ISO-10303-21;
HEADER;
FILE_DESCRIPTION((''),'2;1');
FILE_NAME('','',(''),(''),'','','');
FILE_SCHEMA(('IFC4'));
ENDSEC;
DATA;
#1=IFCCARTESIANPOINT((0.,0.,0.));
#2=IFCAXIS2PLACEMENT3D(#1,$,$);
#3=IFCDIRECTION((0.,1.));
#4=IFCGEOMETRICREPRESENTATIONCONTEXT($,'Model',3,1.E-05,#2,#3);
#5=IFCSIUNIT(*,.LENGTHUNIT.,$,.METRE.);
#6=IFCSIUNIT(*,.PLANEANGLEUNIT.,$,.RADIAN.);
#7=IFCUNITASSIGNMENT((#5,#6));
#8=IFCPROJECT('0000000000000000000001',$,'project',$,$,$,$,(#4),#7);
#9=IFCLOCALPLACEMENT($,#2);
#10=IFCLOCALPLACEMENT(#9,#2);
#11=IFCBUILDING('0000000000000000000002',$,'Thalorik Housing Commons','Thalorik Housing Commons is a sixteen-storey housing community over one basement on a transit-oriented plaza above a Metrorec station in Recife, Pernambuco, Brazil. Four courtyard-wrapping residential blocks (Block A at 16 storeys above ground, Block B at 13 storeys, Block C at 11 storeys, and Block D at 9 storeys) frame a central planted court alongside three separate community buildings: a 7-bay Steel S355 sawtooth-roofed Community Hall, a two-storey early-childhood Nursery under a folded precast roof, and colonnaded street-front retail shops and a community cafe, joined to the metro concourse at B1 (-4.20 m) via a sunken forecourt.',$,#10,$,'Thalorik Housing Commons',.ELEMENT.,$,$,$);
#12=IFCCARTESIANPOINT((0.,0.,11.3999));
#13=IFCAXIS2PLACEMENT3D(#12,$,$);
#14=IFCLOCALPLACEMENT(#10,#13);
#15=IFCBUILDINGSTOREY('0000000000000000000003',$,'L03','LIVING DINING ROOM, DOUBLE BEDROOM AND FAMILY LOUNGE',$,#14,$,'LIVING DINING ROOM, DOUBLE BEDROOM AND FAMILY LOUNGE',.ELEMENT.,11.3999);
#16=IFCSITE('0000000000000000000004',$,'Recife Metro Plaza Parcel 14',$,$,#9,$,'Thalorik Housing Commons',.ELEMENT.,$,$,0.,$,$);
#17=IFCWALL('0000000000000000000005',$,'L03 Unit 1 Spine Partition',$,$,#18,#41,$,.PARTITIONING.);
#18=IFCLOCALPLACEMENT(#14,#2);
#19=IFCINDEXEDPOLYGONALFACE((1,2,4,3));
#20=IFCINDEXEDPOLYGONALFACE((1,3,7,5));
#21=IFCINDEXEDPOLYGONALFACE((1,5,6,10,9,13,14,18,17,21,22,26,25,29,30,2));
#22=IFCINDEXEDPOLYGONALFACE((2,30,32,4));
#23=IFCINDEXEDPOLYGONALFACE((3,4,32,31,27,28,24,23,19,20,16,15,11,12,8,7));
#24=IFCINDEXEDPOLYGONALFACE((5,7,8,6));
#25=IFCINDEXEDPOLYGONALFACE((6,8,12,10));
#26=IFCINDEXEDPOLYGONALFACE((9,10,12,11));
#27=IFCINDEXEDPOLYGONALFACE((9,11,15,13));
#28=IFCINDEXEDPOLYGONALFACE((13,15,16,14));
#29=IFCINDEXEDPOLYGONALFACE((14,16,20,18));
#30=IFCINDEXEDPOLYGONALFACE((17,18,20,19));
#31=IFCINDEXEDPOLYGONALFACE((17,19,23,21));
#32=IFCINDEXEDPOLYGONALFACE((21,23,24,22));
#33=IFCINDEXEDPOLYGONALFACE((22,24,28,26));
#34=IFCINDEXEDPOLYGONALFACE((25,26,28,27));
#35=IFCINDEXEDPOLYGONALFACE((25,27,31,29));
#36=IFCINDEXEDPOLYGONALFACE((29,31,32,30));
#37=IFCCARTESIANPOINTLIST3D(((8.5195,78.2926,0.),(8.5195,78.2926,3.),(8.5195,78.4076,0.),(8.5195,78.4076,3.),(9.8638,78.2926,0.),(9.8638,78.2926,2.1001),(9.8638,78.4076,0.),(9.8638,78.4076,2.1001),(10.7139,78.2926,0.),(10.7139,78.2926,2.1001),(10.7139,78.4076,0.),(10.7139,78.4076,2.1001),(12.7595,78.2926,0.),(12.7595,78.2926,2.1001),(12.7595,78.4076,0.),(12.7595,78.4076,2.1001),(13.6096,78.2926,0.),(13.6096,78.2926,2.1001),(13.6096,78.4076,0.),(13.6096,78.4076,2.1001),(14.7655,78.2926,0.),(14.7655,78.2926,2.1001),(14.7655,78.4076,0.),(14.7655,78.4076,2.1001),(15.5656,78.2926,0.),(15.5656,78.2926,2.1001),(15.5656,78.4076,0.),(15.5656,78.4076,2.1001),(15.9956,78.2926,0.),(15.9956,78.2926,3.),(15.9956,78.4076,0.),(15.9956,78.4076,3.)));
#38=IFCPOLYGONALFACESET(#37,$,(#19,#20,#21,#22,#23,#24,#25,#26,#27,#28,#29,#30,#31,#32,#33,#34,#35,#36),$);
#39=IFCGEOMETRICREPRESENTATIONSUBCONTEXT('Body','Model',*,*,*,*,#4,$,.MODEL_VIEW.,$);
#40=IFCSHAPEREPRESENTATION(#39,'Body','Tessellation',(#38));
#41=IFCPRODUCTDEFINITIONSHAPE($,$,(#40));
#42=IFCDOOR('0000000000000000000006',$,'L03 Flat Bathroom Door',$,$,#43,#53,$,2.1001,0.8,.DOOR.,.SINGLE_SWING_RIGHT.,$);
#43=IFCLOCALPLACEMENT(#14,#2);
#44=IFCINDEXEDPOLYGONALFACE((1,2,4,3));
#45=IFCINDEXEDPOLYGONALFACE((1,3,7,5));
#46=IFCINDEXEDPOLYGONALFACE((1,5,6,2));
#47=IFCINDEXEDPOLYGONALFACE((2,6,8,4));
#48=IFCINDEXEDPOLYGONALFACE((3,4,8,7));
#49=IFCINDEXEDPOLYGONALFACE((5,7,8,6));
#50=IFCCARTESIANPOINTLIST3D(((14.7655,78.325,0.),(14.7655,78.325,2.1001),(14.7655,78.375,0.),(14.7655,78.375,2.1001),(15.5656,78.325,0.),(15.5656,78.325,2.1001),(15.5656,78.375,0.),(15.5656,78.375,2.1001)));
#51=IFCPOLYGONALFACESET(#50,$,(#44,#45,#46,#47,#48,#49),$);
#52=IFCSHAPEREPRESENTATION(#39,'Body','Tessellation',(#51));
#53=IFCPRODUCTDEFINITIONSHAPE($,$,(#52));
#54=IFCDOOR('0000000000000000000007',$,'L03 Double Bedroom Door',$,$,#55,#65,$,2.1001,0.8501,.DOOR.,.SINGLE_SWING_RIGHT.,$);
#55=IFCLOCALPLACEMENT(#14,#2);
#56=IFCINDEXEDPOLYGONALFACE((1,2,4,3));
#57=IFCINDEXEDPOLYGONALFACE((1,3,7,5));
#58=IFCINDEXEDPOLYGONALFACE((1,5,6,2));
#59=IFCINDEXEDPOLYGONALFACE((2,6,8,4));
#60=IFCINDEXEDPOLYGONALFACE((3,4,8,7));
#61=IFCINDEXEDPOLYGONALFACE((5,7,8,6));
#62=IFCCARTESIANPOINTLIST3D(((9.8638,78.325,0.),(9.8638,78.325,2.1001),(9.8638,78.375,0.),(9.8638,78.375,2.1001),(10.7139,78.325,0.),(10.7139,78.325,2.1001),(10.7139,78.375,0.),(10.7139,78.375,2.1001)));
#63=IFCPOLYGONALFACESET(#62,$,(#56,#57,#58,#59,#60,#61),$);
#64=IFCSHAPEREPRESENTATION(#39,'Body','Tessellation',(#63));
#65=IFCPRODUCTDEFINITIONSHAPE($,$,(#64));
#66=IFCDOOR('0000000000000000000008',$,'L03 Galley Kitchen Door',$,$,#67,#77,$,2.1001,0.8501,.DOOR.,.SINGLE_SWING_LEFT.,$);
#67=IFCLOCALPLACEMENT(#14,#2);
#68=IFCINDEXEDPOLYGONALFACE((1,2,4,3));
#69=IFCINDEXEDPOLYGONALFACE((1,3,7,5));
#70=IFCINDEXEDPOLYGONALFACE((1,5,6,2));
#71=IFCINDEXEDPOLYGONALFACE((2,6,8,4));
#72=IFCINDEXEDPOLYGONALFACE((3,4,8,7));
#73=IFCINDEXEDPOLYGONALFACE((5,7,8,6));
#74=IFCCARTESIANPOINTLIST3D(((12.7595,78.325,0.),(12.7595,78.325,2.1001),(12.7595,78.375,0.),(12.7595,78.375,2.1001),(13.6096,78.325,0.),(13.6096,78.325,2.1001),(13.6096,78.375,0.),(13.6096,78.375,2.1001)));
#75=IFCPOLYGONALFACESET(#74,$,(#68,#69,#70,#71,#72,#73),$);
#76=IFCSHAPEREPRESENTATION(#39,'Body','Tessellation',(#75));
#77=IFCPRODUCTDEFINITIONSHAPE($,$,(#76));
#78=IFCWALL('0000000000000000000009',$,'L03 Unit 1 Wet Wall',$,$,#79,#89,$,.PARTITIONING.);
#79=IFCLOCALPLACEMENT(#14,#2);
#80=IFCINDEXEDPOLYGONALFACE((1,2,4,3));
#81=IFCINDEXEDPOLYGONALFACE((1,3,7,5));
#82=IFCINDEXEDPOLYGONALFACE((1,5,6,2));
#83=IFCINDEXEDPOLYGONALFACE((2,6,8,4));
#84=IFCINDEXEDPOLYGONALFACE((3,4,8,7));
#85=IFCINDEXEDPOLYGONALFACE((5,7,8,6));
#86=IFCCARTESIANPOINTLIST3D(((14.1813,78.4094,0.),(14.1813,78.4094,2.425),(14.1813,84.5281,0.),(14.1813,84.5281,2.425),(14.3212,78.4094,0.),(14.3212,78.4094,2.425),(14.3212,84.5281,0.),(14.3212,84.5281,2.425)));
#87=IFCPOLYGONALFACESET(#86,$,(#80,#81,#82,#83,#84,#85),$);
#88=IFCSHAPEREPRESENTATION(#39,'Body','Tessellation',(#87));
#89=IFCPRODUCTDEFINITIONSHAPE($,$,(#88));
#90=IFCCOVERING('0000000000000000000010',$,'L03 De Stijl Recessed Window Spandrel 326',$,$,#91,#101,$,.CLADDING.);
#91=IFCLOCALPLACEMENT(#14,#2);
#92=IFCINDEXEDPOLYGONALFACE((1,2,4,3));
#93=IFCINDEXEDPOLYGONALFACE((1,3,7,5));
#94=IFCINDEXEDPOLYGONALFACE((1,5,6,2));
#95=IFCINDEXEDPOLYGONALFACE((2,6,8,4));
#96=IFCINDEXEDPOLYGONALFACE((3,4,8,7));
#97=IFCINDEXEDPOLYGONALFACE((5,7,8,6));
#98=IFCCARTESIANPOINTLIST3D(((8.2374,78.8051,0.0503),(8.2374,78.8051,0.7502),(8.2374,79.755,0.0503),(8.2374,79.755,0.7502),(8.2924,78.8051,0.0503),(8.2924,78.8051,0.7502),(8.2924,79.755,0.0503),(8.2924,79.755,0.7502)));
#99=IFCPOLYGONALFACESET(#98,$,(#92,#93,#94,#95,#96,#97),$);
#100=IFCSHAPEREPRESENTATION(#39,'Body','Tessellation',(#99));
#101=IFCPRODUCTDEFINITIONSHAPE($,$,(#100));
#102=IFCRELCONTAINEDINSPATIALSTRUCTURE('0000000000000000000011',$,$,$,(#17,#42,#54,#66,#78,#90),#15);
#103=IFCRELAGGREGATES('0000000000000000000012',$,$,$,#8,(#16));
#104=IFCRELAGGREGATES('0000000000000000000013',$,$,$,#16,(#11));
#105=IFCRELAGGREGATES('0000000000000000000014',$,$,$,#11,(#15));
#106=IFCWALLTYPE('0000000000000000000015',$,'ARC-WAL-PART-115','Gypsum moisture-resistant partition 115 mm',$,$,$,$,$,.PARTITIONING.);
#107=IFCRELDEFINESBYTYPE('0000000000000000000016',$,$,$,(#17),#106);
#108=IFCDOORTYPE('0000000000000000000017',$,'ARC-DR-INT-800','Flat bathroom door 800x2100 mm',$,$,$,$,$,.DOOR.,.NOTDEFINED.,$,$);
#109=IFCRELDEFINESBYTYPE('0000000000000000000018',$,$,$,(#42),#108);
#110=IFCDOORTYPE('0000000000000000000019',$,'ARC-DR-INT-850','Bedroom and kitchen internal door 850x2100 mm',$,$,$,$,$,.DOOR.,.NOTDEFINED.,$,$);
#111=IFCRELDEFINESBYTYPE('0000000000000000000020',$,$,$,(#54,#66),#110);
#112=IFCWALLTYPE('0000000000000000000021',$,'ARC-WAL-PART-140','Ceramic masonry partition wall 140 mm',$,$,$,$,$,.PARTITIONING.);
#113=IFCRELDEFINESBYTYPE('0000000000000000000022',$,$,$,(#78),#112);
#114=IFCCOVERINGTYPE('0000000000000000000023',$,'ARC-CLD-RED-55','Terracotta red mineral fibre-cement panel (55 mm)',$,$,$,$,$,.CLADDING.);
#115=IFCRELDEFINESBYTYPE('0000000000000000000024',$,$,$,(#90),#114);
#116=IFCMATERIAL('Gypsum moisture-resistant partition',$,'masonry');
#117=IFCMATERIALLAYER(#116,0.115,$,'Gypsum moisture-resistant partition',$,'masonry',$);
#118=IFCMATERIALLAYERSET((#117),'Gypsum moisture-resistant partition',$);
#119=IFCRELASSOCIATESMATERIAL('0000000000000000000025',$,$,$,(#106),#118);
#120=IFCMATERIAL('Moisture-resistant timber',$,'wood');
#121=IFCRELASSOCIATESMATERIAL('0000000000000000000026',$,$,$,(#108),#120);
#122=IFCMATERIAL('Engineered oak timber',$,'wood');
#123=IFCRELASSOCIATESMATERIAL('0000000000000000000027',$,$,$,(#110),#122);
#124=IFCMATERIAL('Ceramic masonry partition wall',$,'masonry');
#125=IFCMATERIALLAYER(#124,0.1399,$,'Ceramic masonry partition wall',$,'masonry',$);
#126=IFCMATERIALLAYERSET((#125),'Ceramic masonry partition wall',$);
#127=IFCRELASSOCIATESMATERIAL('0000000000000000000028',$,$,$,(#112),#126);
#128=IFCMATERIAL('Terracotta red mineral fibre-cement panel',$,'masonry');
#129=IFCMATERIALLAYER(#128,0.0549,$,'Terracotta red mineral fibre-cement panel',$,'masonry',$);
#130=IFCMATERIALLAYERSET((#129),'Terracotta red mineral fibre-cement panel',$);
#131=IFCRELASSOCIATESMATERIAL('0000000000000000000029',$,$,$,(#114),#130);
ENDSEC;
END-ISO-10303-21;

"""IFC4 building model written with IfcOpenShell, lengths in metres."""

from ifc_helpers import new_model, si_unit, direction, frame, frame_2d, origin, origin_2d, place, context, subcontext, project, spatial, rectangle, extrude, material, layer, layer_set, type_object, element, fill, save


model = new_model("IFC4")

# Units and contexts
model_context = context("Model", 3, precision=1e-05, world=origin(), true_north=direction((0.0, 1.0)))
body_context = subcontext(model_context, "Body", "Model", "MODEL_VIEW")
ifc_project = project(units=[si_unit("LENGTHUNIT", "METRE"), si_unit("PLANEANGLEUNIT", "RADIAN")], contexts=[model_context])

# Site, building, storey
site_placement = place(None, origin())
site = spatial("IfcSite", under=ifc_project, at=site_placement, Name="Recife Metro Plaza Parcel 14", LongName="Thalorik Housing Commons", CompositionType="ELEMENT", RefElevation=0.0)
building_placement = place(site_placement, origin())
building = spatial("IfcBuilding", under=site, at=building_placement, Name="Thalorik Housing Commons", Description="Thalorik Housing Commons is a sixteen-storey housing community over one basement on a transit-oriented plaza above a Metrorec station in Recife, Pernambuco, Brazil. Four courtyard-wrapping residential blocks (Block A at 16 storeys above ground, Block B at 13 storeys, Block C at 11 storeys, and Block D at 9 storeys) frame a central planted court alongside three separate community buildings: a 7-bay Steel S355 sawtooth-roofed Community Hall, a two-storey early-childhood Nursery under a folded precast roof, and colonnaded street-front retail shops and a community cafe, joined to the metro concourse at B1 (-4.20 m) via a sunken forecourt.", LongName="Thalorik Housing Commons", CompositionType="ELEMENT")
storey_placement = place(building_placement, frame((0.0, 0.0, 11.3999)))
storey = spatial("IfcBuildingStorey", under=building, at=storey_placement, Name="L03", Description="LIVING DINING ROOM, DOUBLE BEDROOM AND FAMILY LOUNGE", LongName="LIVING DINING ROOM, DOUBLE BEDROOM AND FAMILY LOUNGE", CompositionType="ELEMENT", Elevation=11.3999)

# Wall, openings, doors
ifc_material_1 = material(Name="Gypsum moisture-resistant partition", Category="masonry")
ifc_layer_1 = layer(ifc_material_1, 0.115, Name="Gypsum moisture-resistant partition", Category="masonry")
ifc_layer_set_1 = layer_set([ifc_layer_1], Name="Gypsum moisture-resistant partition")
wall_type_1 = type_object("IfcWallType", Name="ARC-WAL-PART-115", Description="Gypsum moisture-resistant partition 115 mm", PredefinedType="PARTITIONING", material=ifc_layer_set_1)
wall_1_placement = place(storey_placement, frame((8.5195, 78.3501, 0.0), z_axis=(0.0, 0.0, 1.0), x_axis=(1.0, 0.0, 0.0)))
wall_1 = element("IfcWall", 1, at=wall_1_placement, inside=storey, type_object=wall_type_1, Name="L03 Unit 1 Spine Partition", PredefinedType="PARTITIONING", context=body_context, shape_type="SweptSolid", body=[
    extrude(rectangle(XDim=7.4761, YDim=0.115, at=frame_2d((3.738, 0.0))), origin(), (0.0, 0.0, 1.0), 3.0),
])
opening_1_placement = place(wall_1_placement, frame((1.3442, 0.0, 0.0)))
opening_1 = element("IfcOpeningElement", 2, at=opening_1_placement, cuts=wall_1, PredefinedType="OPENING", context=body_context, shape_type="SweptSolid", body=[
    extrude(rectangle(XDim=0.8501, YDim=2.1001, at=frame_2d((0.425, 1.05))), frame((0.0, 0.0674, 0.0), z_axis=(0.0, -1.0, 0.0), x_axis=(1.0, 0.0, 0.0)), (0.0, 0.0, 1.0), 0.135),
])
opening_2_placement = place(wall_1_placement, frame((4.24, 0.0, 0.0)))
opening_2 = element("IfcOpeningElement", 3, at=opening_2_placement, cuts=wall_1, PredefinedType="OPENING", context=body_context, shape_type="SweptSolid", body=[
    extrude(rectangle(XDim=0.8501, YDim=2.1001, at=frame_2d((0.425, 1.05))), frame((0.0, 0.0674, 0.0), z_axis=(0.0, -1.0, 0.0), x_axis=(1.0, 0.0, 0.0)), (0.0, 0.0, 1.0), 0.135),
])
opening_3_placement = place(wall_1_placement, frame((6.2461, 0.0, 0.0)))
opening_3 = element("IfcOpeningElement", 4, at=opening_3_placement, cuts=wall_1, PredefinedType="OPENING", context=body_context, shape_type="SweptSolid", body=[
    extrude(rectangle(XDim=0.8, YDim=2.1001, at=frame_2d((0.3999, 1.05))), frame((0.0, 0.0674, 0.0), z_axis=(0.0, -1.0, 0.0), x_axis=(1.0, 0.0, 0.0)), (0.0, 0.0, 1.0), 0.135),
])
ifc_material_2 = material(Name="Moisture-resistant timber", Category="wood")
door_type_1 = type_object("IfcDoorType", Name="ARC-DR-INT-800", Description="Flat bathroom door 800x2100 mm", OperationType="NOTDEFINED", PredefinedType="DOOR", material=ifc_material_2)
door_1_placement = place(opening_3_placement, origin())
door_1 = element("IfcDoor", 5, at=door_1_placement, inside=storey, type_object=door_type_1, Name="L03 Flat Bathroom Door", OperationType="SINGLE_SWING_RIGHT", OverallHeight=2.1001, OverallWidth=0.8, PredefinedType="DOOR", context=body_context, shape_type="SweptSolid", body=[
    extrude(rectangle(XDim=0.8, YDim=2.1001, at=frame_2d((0.3999, 1.05))), frame((0.0, 0.0249, 0.0), z_axis=(0.0, -1.0, 0.0), x_axis=(1.0, 0.0, 0.0)), (0.0, 0.0, 1.0), 0.05),
])
fill(opening_3, door_1)
ifc_material_3 = material(Name="Engineered oak timber", Category="wood")
door_type_2 = type_object("IfcDoorType", Name="ARC-DR-INT-850", Description="Bedroom and kitchen internal door 850x2100 mm", OperationType="NOTDEFINED", PredefinedType="DOOR", material=ifc_material_3)
door_2_placement = place(opening_1_placement, origin())
door_2 = element("IfcDoor", 6, at=door_2_placement, inside=storey, type_object=door_type_2, Name="L03 Double Bedroom Door", OperationType="SINGLE_SWING_RIGHT", OverallHeight=2.1001, OverallWidth=0.8501, PredefinedType="DOOR", context=body_context, shape_type="SweptSolid", body=[
    extrude(rectangle(XDim=0.8501, YDim=2.1001, at=frame_2d((0.425, 1.05))), frame((0.0, 0.0249, 0.0), z_axis=(0.0, -1.0, 0.0), x_axis=(1.0, 0.0, 0.0)), (0.0, 0.0, 1.0), 0.05),
])
fill(opening_1, door_2)
door_3_placement = place(opening_2_placement, origin())
door_3 = element("IfcDoor", 7, at=door_3_placement, inside=storey, type_object=door_type_2, Name="L03 Galley Kitchen Door", OperationType="SINGLE_SWING_LEFT", OverallHeight=2.1001, OverallWidth=0.8501, PredefinedType="DOOR", context=body_context, shape_type="SweptSolid", body=[
    extrude(rectangle(XDim=0.8501, YDim=2.1001, at=frame_2d((0.425, 1.05))), frame((0.0, 0.0249, 0.0), z_axis=(0.0, -1.0, 0.0), x_axis=(1.0, 0.0, 0.0)), (0.0, 0.0, 1.0), 0.05),
])
fill(opening_2, door_3)

# Wall
ifc_material_4 = material(Name="Ceramic masonry partition wall", Category="masonry")
ifc_layer_2 = layer(ifc_material_4, 0.1399, Name="Ceramic masonry partition wall", Category="masonry")
ifc_layer_set_2 = layer_set([ifc_layer_2], Name="Ceramic masonry partition wall")
wall_type_2 = type_object("IfcWallType", Name="ARC-WAL-PART-140", Description="Ceramic masonry partition wall 140 mm", PredefinedType="PARTITIONING", material=ifc_layer_set_2)
wall_2_placement = place(storey_placement, frame((14.2512, 78.4094, 0.0), z_axis=(0.0, 0.0, 1.0), x_axis=(0.0, 1.0, 0.0)))
element("IfcWall", 8, at=wall_2_placement, inside=storey, type_object=wall_type_2, Name="L03 Unit 1 Wet Wall", PredefinedType="PARTITIONING", context=body_context, shape_type="SweptSolid", body=[
    extrude(rectangle(XDim=6.1187, YDim=0.1399, at=frame_2d((3.0593, 0.0))), origin(), (0.0, 0.0, 1.0), 2.425),
])

# Covering
ifc_material_5 = material(Name="Terracotta red mineral fibre-cement panel", Category="masonry")
ifc_layer_3 = layer(ifc_material_5, 0.0549, Name="Terracotta red mineral fibre-cement panel", Category="masonry")
ifc_layer_set_3 = layer_set([ifc_layer_3], Name="Terracotta red mineral fibre-cement panel")
covering_type_1 = type_object("IfcCoveringType", Name="ARC-CLD-RED-55", Description="Terracotta red mineral fibre-cement panel (55 mm)", PredefinedType="CLADDING", material=ifc_layer_set_3)
covering_1_placement = place(storey_placement, frame((8.2649, 79.28, 0.0503), z_axis=(0.0, 0.0, 1.0), x_axis=(0.0, -1.0, 0.0)))
element("IfcCovering", 9, at=covering_1_placement, inside=storey, type_object=covering_type_1, Name="L03 De Stijl Recessed Window Spandrel 326", PredefinedType="CLADDING", context=body_context, shape_type="SweptSolid", body=[
    extrude(rectangle(XDim=0.95, YDim=0.0549, at=origin_2d()), origin(), (0.0, 0.0, 1.0), 0.7),
])

save(model, "model.ifc")
